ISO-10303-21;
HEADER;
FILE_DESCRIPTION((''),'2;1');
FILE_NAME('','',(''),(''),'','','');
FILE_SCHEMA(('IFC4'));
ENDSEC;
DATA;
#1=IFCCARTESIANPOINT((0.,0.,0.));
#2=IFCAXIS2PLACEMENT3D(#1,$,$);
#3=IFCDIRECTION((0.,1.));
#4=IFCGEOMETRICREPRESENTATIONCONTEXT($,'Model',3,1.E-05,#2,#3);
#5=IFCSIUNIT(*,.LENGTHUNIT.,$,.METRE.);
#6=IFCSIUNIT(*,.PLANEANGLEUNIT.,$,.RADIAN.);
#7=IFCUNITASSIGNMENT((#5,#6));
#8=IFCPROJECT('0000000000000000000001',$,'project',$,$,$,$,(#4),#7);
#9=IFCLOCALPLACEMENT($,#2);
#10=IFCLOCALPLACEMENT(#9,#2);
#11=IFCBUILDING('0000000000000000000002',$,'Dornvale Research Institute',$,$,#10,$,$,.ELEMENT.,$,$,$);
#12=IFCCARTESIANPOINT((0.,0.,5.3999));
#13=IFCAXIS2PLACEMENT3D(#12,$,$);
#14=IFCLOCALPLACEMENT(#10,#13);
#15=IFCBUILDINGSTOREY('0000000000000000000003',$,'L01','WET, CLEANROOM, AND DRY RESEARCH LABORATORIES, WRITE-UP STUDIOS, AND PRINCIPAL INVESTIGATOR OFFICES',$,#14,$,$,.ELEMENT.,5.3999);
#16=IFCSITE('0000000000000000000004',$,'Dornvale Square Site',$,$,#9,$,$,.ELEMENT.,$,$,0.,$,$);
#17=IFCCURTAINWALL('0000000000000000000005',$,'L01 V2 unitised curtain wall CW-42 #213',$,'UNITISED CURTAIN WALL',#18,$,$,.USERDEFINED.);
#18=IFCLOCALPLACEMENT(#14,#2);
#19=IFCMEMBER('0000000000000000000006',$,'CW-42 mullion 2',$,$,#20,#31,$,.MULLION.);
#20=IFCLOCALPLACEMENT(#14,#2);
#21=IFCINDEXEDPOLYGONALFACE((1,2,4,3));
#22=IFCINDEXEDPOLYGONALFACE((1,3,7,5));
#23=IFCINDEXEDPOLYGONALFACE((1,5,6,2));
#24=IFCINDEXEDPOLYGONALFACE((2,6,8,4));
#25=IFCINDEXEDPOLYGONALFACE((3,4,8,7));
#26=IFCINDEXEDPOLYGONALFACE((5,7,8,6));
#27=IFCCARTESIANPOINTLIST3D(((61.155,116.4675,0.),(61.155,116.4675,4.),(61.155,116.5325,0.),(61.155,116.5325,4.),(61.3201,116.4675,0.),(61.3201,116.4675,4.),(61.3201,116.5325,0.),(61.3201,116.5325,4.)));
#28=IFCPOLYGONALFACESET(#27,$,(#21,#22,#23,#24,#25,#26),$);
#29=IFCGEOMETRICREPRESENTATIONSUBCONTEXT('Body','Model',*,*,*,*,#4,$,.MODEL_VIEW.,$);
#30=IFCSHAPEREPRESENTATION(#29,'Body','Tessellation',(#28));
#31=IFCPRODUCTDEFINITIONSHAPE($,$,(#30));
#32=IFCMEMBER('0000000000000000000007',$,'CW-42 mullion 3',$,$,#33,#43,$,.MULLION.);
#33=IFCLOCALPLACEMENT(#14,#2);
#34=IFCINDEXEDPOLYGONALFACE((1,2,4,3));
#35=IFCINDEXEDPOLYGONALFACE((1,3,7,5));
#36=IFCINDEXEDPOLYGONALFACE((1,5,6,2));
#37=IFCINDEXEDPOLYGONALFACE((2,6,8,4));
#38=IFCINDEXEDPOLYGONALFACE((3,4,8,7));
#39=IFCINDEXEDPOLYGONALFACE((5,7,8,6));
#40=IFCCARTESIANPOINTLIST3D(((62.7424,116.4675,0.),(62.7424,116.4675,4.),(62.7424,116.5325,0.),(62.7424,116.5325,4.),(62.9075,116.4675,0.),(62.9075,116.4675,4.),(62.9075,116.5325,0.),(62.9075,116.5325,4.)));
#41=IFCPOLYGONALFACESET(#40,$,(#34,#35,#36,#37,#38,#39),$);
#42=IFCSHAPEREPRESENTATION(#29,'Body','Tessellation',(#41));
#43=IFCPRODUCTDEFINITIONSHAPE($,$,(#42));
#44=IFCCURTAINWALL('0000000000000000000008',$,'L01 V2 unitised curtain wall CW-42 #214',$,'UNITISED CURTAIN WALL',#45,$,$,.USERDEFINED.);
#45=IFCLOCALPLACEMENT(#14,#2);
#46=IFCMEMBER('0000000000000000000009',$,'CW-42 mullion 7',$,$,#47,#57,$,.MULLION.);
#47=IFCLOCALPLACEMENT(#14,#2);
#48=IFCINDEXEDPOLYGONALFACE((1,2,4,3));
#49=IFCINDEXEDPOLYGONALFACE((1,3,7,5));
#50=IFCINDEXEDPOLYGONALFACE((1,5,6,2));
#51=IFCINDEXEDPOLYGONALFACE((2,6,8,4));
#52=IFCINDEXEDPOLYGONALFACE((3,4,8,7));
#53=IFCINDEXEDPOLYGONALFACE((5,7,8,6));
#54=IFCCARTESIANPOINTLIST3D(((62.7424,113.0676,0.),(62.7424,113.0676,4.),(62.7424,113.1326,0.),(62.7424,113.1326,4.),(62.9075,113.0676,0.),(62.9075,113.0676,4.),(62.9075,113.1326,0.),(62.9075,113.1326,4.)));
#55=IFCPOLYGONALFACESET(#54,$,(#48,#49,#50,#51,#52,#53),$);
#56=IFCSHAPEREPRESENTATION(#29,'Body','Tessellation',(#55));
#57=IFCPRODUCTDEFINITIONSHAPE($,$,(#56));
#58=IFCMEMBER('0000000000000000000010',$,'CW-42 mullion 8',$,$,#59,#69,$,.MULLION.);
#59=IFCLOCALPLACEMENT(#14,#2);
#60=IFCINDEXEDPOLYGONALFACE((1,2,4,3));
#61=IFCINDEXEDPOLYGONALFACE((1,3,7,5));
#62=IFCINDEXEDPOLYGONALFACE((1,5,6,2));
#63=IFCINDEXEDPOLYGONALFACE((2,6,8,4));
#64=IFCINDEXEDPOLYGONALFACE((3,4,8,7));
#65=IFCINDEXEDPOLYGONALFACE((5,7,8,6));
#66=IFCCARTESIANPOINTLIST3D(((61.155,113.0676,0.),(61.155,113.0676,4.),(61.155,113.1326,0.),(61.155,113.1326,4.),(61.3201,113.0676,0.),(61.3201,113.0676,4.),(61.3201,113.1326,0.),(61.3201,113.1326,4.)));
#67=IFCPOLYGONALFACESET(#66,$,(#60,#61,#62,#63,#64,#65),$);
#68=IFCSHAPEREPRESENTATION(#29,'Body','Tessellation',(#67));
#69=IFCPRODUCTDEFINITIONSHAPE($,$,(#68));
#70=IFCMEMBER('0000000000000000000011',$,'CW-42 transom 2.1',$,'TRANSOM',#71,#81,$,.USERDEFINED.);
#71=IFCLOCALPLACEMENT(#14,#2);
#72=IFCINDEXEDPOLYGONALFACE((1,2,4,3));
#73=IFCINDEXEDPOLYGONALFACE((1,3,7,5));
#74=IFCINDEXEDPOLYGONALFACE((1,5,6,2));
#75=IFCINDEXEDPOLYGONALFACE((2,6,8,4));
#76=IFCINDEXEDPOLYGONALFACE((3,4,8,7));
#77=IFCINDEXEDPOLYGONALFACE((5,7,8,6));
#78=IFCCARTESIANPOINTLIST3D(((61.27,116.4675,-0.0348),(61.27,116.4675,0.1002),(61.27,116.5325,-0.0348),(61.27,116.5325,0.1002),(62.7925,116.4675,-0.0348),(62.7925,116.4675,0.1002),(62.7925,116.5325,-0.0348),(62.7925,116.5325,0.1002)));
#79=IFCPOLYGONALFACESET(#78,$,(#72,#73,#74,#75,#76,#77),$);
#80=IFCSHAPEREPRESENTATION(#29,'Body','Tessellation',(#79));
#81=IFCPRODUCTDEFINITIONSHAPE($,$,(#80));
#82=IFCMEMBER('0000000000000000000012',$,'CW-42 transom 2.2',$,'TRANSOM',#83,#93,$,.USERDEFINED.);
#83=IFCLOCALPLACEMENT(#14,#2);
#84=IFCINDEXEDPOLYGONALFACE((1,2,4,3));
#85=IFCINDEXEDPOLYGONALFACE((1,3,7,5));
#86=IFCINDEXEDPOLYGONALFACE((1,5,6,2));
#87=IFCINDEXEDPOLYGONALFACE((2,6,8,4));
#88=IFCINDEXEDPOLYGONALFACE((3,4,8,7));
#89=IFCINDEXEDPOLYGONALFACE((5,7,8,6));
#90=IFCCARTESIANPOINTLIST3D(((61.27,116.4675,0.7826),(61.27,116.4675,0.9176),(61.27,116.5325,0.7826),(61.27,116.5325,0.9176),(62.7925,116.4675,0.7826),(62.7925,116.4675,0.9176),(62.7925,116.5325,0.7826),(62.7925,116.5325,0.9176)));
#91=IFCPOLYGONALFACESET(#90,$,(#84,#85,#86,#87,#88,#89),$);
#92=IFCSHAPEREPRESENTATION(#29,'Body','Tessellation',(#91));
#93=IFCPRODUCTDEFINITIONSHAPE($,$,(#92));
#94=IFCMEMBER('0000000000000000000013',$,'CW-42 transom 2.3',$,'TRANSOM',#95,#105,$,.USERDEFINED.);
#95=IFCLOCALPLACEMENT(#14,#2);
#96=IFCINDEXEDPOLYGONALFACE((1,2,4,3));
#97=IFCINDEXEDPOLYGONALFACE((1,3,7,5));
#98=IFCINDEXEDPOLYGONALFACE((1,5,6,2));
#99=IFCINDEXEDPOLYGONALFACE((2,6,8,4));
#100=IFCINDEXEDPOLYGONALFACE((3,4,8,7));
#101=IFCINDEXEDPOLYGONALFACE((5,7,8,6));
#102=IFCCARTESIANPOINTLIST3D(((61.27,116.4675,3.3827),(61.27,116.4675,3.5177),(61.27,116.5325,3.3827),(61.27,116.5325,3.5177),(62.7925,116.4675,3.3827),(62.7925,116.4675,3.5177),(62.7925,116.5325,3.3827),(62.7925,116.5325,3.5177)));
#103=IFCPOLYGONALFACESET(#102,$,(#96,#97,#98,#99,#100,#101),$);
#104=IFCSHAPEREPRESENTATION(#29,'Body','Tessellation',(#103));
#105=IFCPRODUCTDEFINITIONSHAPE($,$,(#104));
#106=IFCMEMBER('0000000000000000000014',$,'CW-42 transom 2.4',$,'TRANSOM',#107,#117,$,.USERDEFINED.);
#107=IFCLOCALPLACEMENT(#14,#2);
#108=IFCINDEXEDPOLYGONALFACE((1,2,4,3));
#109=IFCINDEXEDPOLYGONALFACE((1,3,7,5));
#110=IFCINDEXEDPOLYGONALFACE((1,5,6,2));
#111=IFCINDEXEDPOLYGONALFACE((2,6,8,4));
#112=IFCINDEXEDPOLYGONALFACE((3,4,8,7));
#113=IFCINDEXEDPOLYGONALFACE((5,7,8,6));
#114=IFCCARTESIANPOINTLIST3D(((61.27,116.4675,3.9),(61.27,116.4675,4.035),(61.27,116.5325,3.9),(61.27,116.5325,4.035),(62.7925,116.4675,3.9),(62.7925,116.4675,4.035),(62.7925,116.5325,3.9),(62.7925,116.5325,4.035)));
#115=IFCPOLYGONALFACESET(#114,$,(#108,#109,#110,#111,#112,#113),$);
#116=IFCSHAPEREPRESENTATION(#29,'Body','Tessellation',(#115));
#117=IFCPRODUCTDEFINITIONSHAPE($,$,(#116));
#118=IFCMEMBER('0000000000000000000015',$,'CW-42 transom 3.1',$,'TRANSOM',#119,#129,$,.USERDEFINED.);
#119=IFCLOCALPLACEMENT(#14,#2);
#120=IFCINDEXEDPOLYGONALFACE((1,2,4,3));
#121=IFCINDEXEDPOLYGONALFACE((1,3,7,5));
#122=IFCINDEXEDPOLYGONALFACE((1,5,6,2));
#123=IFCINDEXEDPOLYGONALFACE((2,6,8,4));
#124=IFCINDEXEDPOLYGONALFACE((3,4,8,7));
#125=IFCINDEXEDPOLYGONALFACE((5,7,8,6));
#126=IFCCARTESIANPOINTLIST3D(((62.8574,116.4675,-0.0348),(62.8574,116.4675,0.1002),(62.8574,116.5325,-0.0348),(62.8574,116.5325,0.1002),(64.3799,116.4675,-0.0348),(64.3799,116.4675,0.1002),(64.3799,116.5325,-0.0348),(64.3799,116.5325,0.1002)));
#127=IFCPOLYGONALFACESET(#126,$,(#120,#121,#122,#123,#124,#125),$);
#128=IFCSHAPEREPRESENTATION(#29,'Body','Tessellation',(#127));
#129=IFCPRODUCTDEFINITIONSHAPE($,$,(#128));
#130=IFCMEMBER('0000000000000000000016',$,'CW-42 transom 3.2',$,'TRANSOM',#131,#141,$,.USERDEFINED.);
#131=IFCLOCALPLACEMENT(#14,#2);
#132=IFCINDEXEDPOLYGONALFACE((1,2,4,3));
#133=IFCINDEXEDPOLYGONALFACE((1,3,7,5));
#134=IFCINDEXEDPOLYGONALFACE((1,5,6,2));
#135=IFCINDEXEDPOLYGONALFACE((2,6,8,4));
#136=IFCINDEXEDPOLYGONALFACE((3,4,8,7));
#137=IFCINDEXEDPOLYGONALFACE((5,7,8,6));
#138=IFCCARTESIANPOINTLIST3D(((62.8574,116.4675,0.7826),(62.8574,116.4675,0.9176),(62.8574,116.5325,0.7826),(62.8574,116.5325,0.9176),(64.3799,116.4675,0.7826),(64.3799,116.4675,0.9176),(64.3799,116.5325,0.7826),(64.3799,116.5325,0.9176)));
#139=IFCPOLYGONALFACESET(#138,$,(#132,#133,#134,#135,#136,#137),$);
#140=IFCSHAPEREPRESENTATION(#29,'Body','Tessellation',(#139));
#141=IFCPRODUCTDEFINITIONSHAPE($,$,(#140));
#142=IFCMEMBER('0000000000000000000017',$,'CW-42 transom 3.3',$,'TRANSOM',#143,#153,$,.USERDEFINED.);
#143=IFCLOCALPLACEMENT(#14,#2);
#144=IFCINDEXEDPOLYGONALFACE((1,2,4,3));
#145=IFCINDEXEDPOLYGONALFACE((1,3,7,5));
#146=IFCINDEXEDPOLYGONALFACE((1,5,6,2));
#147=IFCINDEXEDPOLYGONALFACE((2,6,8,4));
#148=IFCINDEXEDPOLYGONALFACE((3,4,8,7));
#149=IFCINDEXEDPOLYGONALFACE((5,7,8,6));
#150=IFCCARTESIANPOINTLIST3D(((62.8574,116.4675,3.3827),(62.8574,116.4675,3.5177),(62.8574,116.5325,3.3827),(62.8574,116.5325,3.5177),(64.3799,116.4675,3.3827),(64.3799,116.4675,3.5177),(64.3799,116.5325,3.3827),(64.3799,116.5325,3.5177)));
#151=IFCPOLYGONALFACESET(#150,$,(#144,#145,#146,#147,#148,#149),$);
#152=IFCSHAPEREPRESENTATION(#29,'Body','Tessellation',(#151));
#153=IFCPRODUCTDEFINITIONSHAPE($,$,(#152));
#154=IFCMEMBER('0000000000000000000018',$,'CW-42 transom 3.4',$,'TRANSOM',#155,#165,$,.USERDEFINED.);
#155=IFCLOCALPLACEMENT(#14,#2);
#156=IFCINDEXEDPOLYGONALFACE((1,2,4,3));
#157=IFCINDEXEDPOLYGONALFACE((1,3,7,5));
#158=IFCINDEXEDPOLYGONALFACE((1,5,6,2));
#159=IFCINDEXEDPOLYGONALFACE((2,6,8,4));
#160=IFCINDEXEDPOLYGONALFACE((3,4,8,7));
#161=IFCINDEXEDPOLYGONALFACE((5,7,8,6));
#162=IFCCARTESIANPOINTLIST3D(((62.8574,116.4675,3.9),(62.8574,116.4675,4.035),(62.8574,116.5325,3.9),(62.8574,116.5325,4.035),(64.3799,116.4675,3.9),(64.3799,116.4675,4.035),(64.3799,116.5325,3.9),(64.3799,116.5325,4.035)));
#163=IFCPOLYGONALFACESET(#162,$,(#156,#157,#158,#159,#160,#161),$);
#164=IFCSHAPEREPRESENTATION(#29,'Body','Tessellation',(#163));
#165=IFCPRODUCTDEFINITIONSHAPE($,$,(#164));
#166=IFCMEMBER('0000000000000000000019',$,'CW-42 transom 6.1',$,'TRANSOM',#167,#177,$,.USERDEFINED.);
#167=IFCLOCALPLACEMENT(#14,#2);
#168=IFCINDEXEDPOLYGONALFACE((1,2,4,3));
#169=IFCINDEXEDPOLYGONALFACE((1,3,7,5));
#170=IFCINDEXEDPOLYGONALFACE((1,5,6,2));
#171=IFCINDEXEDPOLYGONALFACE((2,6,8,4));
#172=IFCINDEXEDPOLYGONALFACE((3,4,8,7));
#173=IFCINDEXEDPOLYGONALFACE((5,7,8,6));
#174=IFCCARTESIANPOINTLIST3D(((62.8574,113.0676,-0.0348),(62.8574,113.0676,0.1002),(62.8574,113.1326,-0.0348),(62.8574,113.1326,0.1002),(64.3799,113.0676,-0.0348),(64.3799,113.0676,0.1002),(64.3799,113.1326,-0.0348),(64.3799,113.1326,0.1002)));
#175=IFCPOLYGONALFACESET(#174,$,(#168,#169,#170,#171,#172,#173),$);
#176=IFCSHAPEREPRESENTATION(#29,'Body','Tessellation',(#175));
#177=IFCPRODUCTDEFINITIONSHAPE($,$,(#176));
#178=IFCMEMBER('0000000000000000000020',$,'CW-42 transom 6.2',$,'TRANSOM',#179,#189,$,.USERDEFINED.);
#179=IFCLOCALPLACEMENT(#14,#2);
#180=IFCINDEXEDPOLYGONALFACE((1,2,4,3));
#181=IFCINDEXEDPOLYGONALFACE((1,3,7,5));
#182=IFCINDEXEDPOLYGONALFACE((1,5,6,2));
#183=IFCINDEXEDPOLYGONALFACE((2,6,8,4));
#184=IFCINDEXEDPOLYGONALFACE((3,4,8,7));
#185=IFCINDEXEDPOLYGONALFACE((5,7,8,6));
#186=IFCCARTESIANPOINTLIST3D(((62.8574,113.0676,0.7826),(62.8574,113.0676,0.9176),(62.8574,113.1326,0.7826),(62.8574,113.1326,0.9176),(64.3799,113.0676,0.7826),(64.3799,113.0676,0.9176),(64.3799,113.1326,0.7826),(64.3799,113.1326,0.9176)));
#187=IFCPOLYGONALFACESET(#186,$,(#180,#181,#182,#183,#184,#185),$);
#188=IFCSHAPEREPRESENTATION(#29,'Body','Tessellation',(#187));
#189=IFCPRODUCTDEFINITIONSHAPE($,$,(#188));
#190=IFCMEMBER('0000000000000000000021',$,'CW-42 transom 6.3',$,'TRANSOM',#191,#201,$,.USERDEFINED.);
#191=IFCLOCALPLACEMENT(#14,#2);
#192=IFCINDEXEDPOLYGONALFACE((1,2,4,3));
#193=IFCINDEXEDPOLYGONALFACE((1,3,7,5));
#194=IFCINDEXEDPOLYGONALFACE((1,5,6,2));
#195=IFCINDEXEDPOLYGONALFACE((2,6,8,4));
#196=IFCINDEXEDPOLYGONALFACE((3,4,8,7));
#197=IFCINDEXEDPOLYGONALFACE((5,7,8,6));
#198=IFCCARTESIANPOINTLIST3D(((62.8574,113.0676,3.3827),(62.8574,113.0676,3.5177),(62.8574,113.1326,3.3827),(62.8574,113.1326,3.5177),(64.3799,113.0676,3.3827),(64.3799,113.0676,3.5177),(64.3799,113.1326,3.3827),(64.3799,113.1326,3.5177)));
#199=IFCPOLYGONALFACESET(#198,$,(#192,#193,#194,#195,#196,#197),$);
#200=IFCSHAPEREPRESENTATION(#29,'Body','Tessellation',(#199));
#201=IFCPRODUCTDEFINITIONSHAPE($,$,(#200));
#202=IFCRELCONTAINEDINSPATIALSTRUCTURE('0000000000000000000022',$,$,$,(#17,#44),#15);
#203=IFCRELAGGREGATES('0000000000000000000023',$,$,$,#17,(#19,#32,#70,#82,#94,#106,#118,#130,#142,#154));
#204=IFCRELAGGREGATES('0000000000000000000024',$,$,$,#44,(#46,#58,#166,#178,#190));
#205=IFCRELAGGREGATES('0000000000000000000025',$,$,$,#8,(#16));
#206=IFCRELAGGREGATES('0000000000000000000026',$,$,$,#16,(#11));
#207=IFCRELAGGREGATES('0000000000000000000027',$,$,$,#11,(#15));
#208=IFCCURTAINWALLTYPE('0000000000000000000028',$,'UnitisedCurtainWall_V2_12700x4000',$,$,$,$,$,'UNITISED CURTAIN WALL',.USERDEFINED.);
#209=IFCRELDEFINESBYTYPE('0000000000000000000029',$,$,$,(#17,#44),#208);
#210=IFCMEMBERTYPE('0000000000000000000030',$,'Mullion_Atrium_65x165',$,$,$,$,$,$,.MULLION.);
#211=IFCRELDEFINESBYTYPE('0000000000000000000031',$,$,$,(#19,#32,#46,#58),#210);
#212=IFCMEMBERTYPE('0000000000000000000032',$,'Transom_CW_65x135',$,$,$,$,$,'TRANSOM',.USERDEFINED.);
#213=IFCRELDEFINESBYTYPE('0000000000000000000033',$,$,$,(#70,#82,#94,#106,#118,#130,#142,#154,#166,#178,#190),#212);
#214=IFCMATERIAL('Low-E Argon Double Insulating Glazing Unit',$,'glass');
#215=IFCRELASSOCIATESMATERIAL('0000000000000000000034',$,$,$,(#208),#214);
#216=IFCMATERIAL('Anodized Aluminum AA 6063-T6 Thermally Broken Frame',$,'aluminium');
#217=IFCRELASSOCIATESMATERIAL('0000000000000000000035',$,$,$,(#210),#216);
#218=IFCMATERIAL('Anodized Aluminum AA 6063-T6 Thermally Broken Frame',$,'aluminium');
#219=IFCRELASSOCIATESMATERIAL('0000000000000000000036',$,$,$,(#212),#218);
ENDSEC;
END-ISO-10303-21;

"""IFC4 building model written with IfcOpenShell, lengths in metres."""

from ifc_helpers import new_model, si_unit, direction, frame, origin, origin_2d, place, context, subcontext, project, spatial, rectangle, extrude, material, material_profile, profile_set, type_object, element, aggregate, save


model = new_model("IFC4")

# Units and contexts
model_context = context("Model", 3, precision=1e-05, world=origin(), true_north=direction((0.0, 1.0)))
body_context = subcontext(model_context, "Body", "Model", "MODEL_VIEW")
ifc_project = project(units=[si_unit("LENGTHUNIT", "METRE"), si_unit("PLANEANGLEUNIT", "RADIAN")], contexts=[model_context])

# Site, building, storey
site_placement = place(None, origin())
site = spatial("IfcSite", under=ifc_project, at=site_placement, Name="Dornvale Square Site", CompositionType="ELEMENT", RefElevation=0.0)
building_placement = place(site_placement, origin())
building = spatial("IfcBuilding", under=site, at=building_placement, Name="Dornvale Research Institute", CompositionType="ELEMENT")
storey_placement = place(building_placement, frame((0.0, 0.0, 5.3999)))
storey = spatial("IfcBuildingStorey", under=building, at=storey_placement, Name="L01", Description="WET, CLEANROOM, AND DRY RESEARCH LABORATORIES, WRITE-UP STUDIOS, AND PRINCIPAL INVESTIGATOR OFFICES", CompositionType="ELEMENT", Elevation=5.3999)

# Curtain walls, members
ifc_material_1 = material(Name="Low-E Argon Double Insulating Glazing Unit", Category="glass")
curtain_wall_type = type_object("IfcCurtainWallType", Name="UnitisedCurtainWall_V2_12700x4000", ElementType="UNITISED CURTAIN WALL", PredefinedType="USERDEFINED", material=ifc_material_1)
curtain_wall_1_placement = place(storey_placement, origin())
curtain_wall_1 = element("IfcCurtainWall", 1, at=curtain_wall_1_placement, inside=storey, type_object=curtain_wall_type, Name="L01 V2 unitised curtain wall CW-42 #213", ObjectType="UNITISED CURTAIN WALL", PredefinedType="USERDEFINED")
ifc_material_2 = material(Name="Anodized Aluminum AA 6063-T6 Thermally Broken Frame", Category="aluminium")
ifc_material_profile_1 = material_profile(ifc_material_2, rectangle(XDim=0.0649, YDim=0.165, at=origin_2d()), Name="ALU MULLION 65x165")
ifc_profile_set_1 = profile_set([ifc_material_profile_1], Name="Anodized Aluminum AA 6063-T6 Thermally Broken Frame")
member_type_1 = type_object("IfcMemberType", Name="Mullion_Atrium_65x165", PredefinedType="MULLION", material=ifc_profile_set_1)
member_1_placement = place(storey_placement, frame((61.2375, 116.5, 0.0), z_axis=(0.0, 0.0, 1.0), x_axis=(0.0, 1.0, 0.0)))
member_1 = element("IfcMember", 2, at=member_1_placement, type_object=member_type_1, Name="CW-42 mullion 2", PredefinedType="MULLION", context=body_context, shape_type="SweptSolid", body=[
    extrude(rectangle(XDim=0.0649, YDim=0.165, at=origin_2d()), origin(), (0.0, 0.0, 1.0), 4.0),
])
member_2_placement = place(storey_placement, frame((62.825, 116.5, 0.0), z_axis=(0.0, 0.0, 1.0), x_axis=(0.0, 1.0, 0.0)))
member_2 = element("IfcMember", 3, at=member_2_placement, type_object=member_type_1, Name="CW-42 mullion 3", PredefinedType="MULLION", context=body_context, shape_type="SweptSolid", body=[
    extrude(rectangle(XDim=0.0649, YDim=0.165, at=origin_2d()), origin(), (0.0, 0.0, 1.0), 4.0),
])
curtain_wall_2_placement = place(storey_placement, origin())
curtain_wall_2 = element("IfcCurtainWall", 4, at=curtain_wall_2_placement, inside=storey, type_object=curtain_wall_type, Name="L01 V2 unitised curtain wall CW-42 #214", ObjectType="UNITISED CURTAIN WALL", PredefinedType="USERDEFINED")
member_3_placement = place(storey_placement, frame((62.825, 113.1001, 0.0), z_axis=(0.0, 0.0, 1.0), x_axis=(0.0, -1.0, 0.0)))
member_3 = element("IfcMember", 5, at=member_3_placement, type_object=member_type_1, Name="CW-42 mullion 7", PredefinedType="MULLION", context=body_context, shape_type="SweptSolid", body=[
    extrude(rectangle(XDim=0.0649, YDim=0.165, at=origin_2d()), origin(), (0.0, 0.0, 1.0), 4.0),
])
member_4_placement = place(storey_placement, frame((61.2375, 113.1001, 0.0), z_axis=(0.0, 0.0, 1.0), x_axis=(0.0, -1.0, 0.0)))
member_4 = element("IfcMember", 6, at=member_4_placement, type_object=member_type_1, Name="CW-42 mullion 8", PredefinedType="MULLION", context=body_context, shape_type="SweptSolid", body=[
    extrude(rectangle(XDim=0.0649, YDim=0.165, at=origin_2d()), origin(), (0.0, 0.0, 1.0), 4.0),
])

# Members
ifc_material_3 = material(Name="Anodized Aluminum AA 6063-T6 Thermally Broken Frame", Category="aluminium")
ifc_material_profile_2 = material_profile(ifc_material_3, rectangle(XDim=0.0649, YDim=0.135, at=origin_2d()), Name="ALU TRANSOM 65x135")
ifc_profile_set_2 = profile_set([ifc_material_profile_2], Name="Anodized Aluminum AA 6063-T6 Thermally Broken Frame")
member_type_2 = type_object("IfcMemberType", Name="Transom_CW_65x135", ElementType="TRANSOM", PredefinedType="USERDEFINED", material=ifc_profile_set_2)
member_5_placement = place(storey_placement, frame((61.27, 116.5, 0.0327), z_axis=(1.0, 0.0, 0.0), x_axis=(0.0, 1.0, 0.0)))
member_5 = element("IfcMember", 7, at=member_5_placement, type_object=member_type_2, Name="CW-42 transom 2.1", ObjectType="TRANSOM", PredefinedType="USERDEFINED", context=body_context, shape_type="SweptSolid", body=[
    extrude(rectangle(XDim=0.0649, YDim=0.135, at=origin_2d()), origin(), (0.0, 0.0, 1.0), 1.5225),
])
member_6_placement = place(storey_placement, frame((61.27, 116.5, 0.8501), z_axis=(1.0, 0.0, 0.0), x_axis=(0.0, 1.0, 0.0)))
member_6 = element("IfcMember", 8, at=member_6_placement, type_object=member_type_2, Name="CW-42 transom 2.2", ObjectType="TRANSOM", PredefinedType="USERDEFINED", context=body_context, shape_type="SweptSolid", body=[
    extrude(rectangle(XDim=0.0649, YDim=0.135, at=origin_2d()), origin(), (0.0, 0.0, 1.0), 1.5225),
])
member_7_placement = place(storey_placement, frame((61.27, 116.5, 3.4502), z_axis=(1.0, 0.0, 0.0), x_axis=(0.0, 1.0, 0.0)))
member_7 = element("IfcMember", 9, at=member_7_placement, type_object=member_type_2, Name="CW-42 transom 2.3", ObjectType="TRANSOM", PredefinedType="USERDEFINED", context=body_context, shape_type="SweptSolid", body=[
    extrude(rectangle(XDim=0.0649, YDim=0.135, at=origin_2d()), origin(), (0.0, 0.0, 1.0), 1.5225),
])
member_8_placement = place(storey_placement, frame((61.27, 116.5, 3.9675), z_axis=(1.0, 0.0, 0.0), x_axis=(0.0, 1.0, 0.0)))
member_8 = element("IfcMember", 10, at=member_8_placement, type_object=member_type_2, Name="CW-42 transom 2.4", ObjectType="TRANSOM", PredefinedType="USERDEFINED", context=body_context, shape_type="SweptSolid", body=[
    extrude(rectangle(XDim=0.0649, YDim=0.135, at=origin_2d()), origin(), (0.0, 0.0, 1.0), 1.5225),
])
member_9_placement = place(storey_placement, frame((62.8574, 116.5, 0.0327), z_axis=(1.0, 0.0, 0.0), x_axis=(0.0, 1.0, 0.0)))
member_9 = element("IfcMember", 11, at=member_9_placement, type_object=member_type_2, Name="CW-42 transom 3.1", ObjectType="TRANSOM", PredefinedType="USERDEFINED", context=body_context, shape_type="SweptSolid", body=[
    extrude(rectangle(XDim=0.0649, YDim=0.135, at=origin_2d()), origin(), (0.0, 0.0, 1.0), 1.5225),
])
member_10_placement = place(storey_placement, frame((62.8574, 116.5, 0.8501), z_axis=(1.0, 0.0, 0.0), x_axis=(0.0, 1.0, 0.0)))
member_10 = element("IfcMember", 12, at=member_10_placement, type_object=member_type_2, Name="CW-42 transom 3.2", ObjectType="TRANSOM", PredefinedType="USERDEFINED", context=body_context, shape_type="SweptSolid", body=[
    extrude(rectangle(XDim=0.0649, YDim=0.135, at=origin_2d()), origin(), (0.0, 0.0, 1.0), 1.5225),
])
member_11_placement = place(storey_placement, frame((62.8574, 116.5, 3.4502), z_axis=(1.0, 0.0, 0.0), x_axis=(0.0, 1.0, 0.0)))
member_11 = element("IfcMember", 13, at=member_11_placement, type_object=member_type_2, Name="CW-42 transom 3.3", ObjectType="TRANSOM", PredefinedType="USERDEFINED", context=body_context, shape_type="SweptSolid", body=[
    extrude(rectangle(XDim=0.0649, YDim=0.135, at=origin_2d()), origin(), (0.0, 0.0, 1.0), 1.5225),
])
member_12_placement = place(storey_placement, frame((62.8574, 116.5, 3.9675), z_axis=(1.0, 0.0, 0.0), x_axis=(0.0, 1.0, 0.0)))
member_12 = element("IfcMember", 14, at=member_12_placement, type_object=member_type_2, Name="CW-42 transom 3.4", ObjectType="TRANSOM", PredefinedType="USERDEFINED", context=body_context, shape_type="SweptSolid", body=[
    extrude(rectangle(XDim=0.0649, YDim=0.135, at=origin_2d()), origin(), (0.0, 0.0, 1.0), 1.5225),
])
member_13_placement = place(storey_placement, frame((64.3799, 113.1001, 0.0327), z_axis=(-1.0, 0.0, 0.0), x_axis=(0.0, -1.0, 0.0)))
member_13 = element("IfcMember", 15, at=member_13_placement, type_object=member_type_2, Name="CW-42 transom 6.1", ObjectType="TRANSOM", PredefinedType="USERDEFINED", context=body_context, shape_type="SweptSolid", body=[
    extrude(rectangle(XDim=0.0649, YDim=0.135, at=origin_2d()), origin(), (0.0, 0.0, 1.0), 1.5225),
])
member_14_placement = place(storey_placement, frame((64.3799, 113.1001, 0.8501), z_axis=(-1.0, 0.0, 0.0), x_axis=(0.0, -1.0, 0.0)))
member_14 = element("IfcMember", 16, at=member_14_placement, type_object=member_type_2, Name="CW-42 transom 6.2", ObjectType="TRANSOM", PredefinedType="USERDEFINED", context=body_context, shape_type="SweptSolid", body=[
    extrude(rectangle(XDim=0.0649, YDim=0.135, at=origin_2d()), origin(), (0.0, 0.0, 1.0), 1.5225),
])
member_15_placement = place(storey_placement, frame((64.3799, 113.1001, 3.4502), z_axis=(-1.0, 0.0, 0.0), x_axis=(0.0, -1.0, 0.0)))
member_15 = element("IfcMember", 17, at=member_15_placement, type_object=member_type_2, Name="CW-42 transom 6.3", ObjectType="TRANSOM", PredefinedType="USERDEFINED", context=body_context, shape_type="SweptSolid", body=[
    extrude(rectangle(XDim=0.0649, YDim=0.135, at=origin_2d()), origin(), (0.0, 0.0, 1.0), 1.5225),
])

aggregate(curtain_wall_1, [member_1, member_2, member_5, member_6, member_7, member_8, member_9, member_10, member_11, member_12])
aggregate(curtain_wall_2, [member_3, member_4, member_13, member_14, member_15])

save(model, "model.ifc")
